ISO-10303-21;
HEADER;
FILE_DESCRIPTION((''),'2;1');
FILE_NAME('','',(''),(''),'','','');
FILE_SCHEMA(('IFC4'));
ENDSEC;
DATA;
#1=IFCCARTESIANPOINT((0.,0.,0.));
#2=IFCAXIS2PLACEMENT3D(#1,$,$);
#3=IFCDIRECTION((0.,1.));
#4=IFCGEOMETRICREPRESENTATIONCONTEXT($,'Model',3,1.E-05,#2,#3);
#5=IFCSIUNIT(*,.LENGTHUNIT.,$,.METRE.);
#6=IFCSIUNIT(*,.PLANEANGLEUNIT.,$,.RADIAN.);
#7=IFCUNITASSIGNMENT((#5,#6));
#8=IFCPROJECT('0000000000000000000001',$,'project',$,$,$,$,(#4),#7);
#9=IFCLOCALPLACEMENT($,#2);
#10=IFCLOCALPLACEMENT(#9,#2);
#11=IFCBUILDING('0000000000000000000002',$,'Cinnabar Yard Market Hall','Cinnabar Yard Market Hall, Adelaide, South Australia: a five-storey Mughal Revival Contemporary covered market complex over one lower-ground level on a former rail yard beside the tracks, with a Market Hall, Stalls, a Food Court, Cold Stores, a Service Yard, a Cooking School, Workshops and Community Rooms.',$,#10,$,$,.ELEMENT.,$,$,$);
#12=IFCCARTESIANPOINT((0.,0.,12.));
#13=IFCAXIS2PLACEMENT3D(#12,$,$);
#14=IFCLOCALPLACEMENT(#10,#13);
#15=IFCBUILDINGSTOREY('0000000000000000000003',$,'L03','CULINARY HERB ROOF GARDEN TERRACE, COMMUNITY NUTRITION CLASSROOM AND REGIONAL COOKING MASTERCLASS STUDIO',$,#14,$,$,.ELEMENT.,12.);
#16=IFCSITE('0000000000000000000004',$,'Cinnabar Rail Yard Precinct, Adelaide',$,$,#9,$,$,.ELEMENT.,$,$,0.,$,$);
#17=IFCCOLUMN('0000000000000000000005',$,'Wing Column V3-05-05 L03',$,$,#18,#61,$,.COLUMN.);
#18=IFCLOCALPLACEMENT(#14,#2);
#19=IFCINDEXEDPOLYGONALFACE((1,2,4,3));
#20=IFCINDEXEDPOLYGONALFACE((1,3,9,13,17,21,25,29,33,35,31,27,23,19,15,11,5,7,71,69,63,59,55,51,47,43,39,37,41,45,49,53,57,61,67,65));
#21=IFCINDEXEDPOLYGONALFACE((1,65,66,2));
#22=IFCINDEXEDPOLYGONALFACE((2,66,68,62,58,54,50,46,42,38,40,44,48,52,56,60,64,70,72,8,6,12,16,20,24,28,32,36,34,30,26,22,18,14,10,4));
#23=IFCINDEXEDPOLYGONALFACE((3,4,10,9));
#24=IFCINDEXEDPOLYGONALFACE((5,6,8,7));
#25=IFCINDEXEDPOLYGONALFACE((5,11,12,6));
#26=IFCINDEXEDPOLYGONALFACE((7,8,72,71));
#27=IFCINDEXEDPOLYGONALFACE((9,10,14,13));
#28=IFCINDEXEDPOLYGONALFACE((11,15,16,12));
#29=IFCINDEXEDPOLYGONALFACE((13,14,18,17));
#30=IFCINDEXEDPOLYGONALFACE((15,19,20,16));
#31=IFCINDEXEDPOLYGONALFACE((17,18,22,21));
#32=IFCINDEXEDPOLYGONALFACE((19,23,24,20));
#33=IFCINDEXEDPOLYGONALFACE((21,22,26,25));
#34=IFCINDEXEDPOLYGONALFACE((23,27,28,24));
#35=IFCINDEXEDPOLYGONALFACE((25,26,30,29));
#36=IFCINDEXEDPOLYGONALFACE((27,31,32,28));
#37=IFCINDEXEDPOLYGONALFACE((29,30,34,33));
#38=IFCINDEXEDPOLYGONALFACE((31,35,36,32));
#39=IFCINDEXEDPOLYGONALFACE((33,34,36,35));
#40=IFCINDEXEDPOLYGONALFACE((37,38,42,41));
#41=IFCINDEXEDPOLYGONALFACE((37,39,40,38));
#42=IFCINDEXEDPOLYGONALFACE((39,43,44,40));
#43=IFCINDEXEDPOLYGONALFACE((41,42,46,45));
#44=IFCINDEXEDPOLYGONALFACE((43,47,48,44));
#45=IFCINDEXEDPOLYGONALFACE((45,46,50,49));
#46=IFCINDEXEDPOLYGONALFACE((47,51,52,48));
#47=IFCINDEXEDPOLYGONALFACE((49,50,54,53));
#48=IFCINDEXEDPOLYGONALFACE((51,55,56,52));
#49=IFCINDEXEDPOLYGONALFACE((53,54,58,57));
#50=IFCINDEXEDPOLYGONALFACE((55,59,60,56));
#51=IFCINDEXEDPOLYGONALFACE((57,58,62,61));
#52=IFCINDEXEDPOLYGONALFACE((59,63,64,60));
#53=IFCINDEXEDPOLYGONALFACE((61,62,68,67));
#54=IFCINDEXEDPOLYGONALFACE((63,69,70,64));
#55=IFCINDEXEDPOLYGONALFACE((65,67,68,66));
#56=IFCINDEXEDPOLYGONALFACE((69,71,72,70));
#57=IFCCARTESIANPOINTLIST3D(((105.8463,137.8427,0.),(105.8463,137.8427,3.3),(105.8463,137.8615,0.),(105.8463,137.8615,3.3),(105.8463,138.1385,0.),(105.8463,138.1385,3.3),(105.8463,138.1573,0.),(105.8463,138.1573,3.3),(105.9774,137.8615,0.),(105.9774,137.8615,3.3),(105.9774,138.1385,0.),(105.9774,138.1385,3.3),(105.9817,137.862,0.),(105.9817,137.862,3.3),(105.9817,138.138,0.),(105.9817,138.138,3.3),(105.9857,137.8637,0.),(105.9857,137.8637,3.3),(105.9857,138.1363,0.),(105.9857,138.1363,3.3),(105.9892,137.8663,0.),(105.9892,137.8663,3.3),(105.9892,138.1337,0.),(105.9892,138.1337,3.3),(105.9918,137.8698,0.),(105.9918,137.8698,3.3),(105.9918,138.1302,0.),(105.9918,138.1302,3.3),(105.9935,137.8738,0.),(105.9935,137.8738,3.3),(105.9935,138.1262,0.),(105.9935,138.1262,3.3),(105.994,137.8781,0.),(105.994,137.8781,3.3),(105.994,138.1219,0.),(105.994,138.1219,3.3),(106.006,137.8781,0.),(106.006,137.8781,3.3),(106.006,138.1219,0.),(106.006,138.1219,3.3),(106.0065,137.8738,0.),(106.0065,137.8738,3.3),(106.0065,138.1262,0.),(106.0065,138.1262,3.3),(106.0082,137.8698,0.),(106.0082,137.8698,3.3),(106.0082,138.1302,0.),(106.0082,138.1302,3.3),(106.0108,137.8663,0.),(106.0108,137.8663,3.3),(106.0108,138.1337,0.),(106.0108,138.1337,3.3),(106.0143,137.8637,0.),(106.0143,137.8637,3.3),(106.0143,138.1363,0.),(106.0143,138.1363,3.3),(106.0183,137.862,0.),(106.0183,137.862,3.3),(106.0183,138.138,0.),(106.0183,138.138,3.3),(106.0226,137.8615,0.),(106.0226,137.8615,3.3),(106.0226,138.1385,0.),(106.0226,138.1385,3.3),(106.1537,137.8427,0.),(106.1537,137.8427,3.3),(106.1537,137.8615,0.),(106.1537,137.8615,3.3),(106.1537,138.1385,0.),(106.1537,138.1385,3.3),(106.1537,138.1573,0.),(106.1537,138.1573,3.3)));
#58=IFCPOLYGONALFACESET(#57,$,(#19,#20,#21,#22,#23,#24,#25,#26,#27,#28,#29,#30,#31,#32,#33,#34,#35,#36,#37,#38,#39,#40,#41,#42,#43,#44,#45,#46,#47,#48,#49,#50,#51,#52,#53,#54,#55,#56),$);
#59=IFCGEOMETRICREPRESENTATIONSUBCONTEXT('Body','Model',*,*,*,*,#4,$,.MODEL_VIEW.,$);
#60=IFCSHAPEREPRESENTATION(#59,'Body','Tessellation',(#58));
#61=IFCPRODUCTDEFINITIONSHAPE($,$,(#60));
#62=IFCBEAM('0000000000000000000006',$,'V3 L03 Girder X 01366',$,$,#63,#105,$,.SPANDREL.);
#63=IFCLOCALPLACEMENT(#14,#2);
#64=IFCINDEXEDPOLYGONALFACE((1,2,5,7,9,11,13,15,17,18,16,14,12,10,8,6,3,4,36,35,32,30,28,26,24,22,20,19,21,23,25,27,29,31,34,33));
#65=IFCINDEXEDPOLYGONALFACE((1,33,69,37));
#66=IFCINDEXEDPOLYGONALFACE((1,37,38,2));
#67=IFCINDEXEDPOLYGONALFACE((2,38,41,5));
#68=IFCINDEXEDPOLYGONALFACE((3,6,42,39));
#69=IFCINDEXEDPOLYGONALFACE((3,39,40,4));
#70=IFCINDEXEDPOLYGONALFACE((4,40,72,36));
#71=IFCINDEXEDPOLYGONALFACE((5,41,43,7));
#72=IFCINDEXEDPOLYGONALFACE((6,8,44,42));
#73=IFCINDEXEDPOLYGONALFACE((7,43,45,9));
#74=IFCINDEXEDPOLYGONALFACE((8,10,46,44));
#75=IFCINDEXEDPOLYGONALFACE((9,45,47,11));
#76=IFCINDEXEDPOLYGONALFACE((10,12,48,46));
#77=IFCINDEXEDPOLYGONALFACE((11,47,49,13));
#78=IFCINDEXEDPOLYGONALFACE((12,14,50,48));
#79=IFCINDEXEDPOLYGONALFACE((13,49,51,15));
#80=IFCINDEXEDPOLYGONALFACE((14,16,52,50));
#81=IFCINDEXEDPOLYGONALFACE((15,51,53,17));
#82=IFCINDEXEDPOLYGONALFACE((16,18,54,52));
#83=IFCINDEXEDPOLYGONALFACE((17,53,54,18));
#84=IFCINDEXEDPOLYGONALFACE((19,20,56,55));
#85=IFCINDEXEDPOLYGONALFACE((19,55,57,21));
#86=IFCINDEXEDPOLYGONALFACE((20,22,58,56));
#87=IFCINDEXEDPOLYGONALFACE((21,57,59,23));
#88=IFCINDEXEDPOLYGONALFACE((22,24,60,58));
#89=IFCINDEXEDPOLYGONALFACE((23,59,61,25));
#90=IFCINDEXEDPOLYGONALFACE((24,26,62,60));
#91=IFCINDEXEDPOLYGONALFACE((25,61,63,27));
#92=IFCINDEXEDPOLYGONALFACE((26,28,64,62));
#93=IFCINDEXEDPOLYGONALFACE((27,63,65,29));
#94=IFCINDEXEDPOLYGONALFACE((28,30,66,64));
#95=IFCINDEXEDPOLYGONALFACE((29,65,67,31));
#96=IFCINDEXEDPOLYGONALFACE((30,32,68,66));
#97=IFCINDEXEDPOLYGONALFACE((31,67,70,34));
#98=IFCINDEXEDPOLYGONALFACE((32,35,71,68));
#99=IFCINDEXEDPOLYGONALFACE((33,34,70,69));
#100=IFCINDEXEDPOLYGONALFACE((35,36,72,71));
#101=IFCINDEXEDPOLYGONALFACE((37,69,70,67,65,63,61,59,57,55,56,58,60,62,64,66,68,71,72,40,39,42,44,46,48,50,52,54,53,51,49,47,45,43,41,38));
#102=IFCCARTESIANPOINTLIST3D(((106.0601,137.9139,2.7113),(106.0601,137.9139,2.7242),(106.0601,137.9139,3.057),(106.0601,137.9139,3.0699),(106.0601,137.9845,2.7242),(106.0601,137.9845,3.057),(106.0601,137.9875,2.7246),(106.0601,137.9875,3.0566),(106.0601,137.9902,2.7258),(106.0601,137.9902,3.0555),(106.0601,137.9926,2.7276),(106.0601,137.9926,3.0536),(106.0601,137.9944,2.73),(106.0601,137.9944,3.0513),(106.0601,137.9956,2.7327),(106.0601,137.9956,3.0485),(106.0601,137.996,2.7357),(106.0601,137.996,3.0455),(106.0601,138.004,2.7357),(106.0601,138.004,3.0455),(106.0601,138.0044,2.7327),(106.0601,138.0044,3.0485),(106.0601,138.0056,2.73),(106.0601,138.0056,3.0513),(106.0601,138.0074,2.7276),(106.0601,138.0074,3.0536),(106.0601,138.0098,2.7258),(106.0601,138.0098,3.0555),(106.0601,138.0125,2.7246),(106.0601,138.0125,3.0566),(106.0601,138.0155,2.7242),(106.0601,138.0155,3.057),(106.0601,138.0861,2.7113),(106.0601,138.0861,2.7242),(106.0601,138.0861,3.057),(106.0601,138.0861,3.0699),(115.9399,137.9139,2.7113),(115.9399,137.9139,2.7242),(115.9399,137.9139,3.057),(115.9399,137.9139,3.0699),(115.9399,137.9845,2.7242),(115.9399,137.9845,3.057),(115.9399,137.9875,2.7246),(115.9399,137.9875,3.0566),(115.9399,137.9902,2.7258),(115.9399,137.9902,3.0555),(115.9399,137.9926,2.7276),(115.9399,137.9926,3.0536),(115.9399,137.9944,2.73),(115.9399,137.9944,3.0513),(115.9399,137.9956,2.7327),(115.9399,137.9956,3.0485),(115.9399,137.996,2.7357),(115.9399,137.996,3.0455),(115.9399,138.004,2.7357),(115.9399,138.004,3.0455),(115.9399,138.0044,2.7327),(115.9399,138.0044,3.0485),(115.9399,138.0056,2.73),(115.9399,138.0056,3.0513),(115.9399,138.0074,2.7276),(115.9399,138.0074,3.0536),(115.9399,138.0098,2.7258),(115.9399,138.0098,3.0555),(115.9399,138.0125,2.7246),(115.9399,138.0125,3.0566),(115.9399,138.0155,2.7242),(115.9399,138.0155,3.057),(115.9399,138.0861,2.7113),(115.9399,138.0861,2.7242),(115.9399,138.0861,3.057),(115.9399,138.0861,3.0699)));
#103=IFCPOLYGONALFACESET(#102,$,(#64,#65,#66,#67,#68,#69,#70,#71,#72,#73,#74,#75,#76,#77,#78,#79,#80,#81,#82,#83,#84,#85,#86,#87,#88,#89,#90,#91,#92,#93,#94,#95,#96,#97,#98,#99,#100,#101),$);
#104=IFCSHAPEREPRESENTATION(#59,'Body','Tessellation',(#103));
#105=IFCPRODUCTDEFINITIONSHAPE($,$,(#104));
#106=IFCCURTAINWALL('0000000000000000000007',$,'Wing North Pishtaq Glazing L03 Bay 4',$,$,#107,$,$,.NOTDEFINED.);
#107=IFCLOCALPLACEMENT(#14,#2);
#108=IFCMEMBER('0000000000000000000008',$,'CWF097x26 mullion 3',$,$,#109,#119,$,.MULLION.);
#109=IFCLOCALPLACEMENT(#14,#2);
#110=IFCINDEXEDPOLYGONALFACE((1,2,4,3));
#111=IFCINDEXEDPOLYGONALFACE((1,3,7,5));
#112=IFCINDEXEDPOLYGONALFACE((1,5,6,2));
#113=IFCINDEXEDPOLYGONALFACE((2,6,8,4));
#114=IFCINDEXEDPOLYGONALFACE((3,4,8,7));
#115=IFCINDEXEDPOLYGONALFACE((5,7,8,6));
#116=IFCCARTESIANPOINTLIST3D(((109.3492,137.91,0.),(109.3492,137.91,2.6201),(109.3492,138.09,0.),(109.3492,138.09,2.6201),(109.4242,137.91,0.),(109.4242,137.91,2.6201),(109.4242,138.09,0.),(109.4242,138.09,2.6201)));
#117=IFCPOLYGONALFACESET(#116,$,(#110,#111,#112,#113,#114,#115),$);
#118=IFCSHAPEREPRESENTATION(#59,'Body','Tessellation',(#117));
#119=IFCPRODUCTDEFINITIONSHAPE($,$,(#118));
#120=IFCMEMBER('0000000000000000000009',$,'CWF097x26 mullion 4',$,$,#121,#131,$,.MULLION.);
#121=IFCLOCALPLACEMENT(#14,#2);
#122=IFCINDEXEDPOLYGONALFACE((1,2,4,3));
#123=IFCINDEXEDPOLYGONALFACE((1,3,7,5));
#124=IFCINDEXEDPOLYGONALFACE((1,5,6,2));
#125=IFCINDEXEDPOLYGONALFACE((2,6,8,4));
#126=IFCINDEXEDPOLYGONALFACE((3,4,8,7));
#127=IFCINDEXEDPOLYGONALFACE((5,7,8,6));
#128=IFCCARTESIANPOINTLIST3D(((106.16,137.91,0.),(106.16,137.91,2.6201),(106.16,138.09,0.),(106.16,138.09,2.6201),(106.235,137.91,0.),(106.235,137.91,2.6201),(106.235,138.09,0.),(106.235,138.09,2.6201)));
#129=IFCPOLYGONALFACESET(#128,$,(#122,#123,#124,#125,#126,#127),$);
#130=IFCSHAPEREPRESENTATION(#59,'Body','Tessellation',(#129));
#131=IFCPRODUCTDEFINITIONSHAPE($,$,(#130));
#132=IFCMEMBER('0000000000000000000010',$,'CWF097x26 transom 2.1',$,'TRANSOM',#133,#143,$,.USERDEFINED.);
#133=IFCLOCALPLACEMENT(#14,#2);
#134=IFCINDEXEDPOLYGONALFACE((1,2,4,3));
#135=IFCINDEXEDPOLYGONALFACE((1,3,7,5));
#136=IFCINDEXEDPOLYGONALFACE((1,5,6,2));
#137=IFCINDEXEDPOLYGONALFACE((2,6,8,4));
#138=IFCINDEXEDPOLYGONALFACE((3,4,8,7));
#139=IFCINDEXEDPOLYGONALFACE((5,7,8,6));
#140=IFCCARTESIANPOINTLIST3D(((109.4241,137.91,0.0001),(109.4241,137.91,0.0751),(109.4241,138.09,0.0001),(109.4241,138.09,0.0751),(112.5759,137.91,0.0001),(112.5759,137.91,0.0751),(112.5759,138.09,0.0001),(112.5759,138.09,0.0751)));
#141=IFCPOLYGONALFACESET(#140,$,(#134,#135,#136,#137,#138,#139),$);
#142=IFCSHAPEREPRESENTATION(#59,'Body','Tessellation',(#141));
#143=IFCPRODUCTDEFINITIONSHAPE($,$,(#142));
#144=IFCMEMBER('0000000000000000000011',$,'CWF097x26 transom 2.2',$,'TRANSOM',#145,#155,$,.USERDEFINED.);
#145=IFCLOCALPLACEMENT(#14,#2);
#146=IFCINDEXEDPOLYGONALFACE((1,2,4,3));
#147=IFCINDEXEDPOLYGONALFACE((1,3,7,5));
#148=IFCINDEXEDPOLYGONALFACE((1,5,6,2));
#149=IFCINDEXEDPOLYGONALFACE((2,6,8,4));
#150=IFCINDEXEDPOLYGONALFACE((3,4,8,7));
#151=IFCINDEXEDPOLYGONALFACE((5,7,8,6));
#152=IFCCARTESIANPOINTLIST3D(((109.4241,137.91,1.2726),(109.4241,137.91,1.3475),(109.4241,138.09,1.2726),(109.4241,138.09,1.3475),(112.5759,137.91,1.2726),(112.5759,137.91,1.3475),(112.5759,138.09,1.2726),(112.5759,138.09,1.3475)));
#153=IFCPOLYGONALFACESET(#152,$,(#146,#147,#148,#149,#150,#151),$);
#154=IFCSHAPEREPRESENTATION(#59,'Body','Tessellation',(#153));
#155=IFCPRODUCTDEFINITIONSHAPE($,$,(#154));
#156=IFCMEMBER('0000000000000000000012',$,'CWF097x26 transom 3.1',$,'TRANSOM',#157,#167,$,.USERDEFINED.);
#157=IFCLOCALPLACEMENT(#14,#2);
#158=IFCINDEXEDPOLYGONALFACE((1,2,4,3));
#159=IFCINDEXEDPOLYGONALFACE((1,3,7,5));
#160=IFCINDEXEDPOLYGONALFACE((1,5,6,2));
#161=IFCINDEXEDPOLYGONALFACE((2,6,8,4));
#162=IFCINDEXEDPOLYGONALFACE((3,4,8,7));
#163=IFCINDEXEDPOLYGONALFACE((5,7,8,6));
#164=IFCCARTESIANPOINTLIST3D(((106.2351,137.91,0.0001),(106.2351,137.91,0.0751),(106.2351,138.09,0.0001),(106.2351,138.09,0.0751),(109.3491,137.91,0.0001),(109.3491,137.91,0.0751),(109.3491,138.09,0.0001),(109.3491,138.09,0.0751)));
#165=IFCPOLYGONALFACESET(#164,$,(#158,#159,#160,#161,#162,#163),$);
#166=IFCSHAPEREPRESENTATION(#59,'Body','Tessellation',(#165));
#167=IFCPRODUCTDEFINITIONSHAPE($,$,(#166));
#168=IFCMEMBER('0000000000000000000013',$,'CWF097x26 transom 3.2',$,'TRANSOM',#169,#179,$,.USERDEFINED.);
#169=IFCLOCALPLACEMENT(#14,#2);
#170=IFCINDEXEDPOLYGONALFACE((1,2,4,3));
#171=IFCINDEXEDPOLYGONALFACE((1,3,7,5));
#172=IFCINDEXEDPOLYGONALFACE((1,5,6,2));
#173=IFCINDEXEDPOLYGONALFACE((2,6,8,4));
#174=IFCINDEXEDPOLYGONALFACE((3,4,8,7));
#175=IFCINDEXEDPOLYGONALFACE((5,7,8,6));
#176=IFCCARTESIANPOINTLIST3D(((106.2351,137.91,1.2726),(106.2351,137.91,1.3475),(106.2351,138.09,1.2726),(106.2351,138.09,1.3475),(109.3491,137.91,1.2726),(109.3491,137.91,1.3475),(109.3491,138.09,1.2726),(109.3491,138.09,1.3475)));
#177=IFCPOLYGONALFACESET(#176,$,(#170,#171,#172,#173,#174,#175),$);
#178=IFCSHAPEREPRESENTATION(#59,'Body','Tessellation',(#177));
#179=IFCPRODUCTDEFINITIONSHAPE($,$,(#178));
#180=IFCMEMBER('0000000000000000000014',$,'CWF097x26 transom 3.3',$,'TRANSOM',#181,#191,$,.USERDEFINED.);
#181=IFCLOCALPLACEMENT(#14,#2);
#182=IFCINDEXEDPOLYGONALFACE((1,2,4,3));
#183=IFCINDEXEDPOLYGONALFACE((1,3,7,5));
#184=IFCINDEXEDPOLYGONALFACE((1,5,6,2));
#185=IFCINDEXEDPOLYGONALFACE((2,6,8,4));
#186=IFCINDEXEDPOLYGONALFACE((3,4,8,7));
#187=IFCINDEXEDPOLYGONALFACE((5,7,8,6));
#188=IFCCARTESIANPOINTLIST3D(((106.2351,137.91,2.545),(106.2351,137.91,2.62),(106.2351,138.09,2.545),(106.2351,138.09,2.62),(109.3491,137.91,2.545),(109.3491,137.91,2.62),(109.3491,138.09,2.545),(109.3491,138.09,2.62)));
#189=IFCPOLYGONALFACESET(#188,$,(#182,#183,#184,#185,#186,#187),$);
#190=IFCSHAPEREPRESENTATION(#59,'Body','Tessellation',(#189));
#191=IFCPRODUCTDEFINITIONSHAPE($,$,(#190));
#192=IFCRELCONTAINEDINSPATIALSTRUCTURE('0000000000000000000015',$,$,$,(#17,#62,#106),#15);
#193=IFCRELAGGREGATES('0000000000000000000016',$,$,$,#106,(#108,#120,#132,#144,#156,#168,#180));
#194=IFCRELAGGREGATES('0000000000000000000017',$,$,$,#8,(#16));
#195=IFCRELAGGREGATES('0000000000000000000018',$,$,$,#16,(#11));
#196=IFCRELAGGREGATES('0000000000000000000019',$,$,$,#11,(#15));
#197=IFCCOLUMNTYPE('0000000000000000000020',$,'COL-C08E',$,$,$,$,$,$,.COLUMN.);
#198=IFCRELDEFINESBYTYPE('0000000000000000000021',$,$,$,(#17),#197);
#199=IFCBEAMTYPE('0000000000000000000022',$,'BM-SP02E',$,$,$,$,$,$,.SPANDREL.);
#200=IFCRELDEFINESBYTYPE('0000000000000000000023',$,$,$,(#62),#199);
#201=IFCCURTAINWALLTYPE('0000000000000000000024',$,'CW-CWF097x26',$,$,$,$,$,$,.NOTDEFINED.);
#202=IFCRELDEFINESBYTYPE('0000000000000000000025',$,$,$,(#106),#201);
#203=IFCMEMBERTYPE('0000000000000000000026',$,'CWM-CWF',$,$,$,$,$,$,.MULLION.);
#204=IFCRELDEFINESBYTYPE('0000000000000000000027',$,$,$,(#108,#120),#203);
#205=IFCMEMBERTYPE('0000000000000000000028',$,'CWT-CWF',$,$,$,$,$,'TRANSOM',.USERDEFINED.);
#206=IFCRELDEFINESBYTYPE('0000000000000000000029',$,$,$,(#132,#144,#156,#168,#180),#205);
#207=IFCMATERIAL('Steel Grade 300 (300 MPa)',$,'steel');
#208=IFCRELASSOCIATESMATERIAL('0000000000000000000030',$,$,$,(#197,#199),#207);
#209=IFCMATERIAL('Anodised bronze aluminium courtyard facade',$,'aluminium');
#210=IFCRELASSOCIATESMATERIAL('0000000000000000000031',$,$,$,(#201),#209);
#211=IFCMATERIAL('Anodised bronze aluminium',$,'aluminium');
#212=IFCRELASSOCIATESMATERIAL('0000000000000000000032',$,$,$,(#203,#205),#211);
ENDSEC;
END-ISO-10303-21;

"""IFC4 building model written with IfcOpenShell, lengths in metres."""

from ifc_helpers import new_model, si_unit, direction, frame, origin, origin_2d_with_axis, place, context, subcontext, project, spatial, rectangle, i_section, extrude, material, material_profile, profile_set, type_object, element, aggregate, save


model = new_model("IFC4")

# Units and contexts
model_context = context("Model", 3, precision=1e-05, world=origin(), true_north=direction((0.0, 1.0)))
body_context = subcontext(model_context, "Body", "Model", "MODEL_VIEW")
ifc_project = project(units=[si_unit("LENGTHUNIT", "METRE"), si_unit("PLANEANGLEUNIT", "RADIAN")], contexts=[model_context])

# Site, building, storey
site_placement = place(None, origin())
site = spatial("IfcSite", under=ifc_project, at=site_placement, Name="Cinnabar Rail Yard Precinct, Adelaide", CompositionType="ELEMENT", RefElevation=0.0)
building_placement = place(site_placement, origin())
building = spatial("IfcBuilding", under=site, at=building_placement, Name="Cinnabar Yard Market Hall", Description="Cinnabar Yard Market Hall, Adelaide, South Australia: a five-storey Mughal Revival Contemporary covered market complex over one lower-ground level on a former rail yard beside the tracks, with a Market Hall, Stalls, a Food Court, Cold Stores, a Service Yard, a Cooking School, Workshops and Community Rooms.", CompositionType="ELEMENT")
storey_placement = place(building_placement, frame((0.0, 0.0, 12.0)))
storey = spatial("IfcBuildingStorey", under=building, at=storey_placement, Name="L03", Description="CULINARY HERB ROOF GARDEN TERRACE, COMMUNITY NUTRITION CLASSROOM AND REGIONAL COOKING MASTERCLASS STUDIO", CompositionType="ELEMENT", Elevation=12.0)

# Column
ifc_material_1 = material(Name="Steel Grade 300 (300 MPa)", Category="steel")
ifc_material_profile_1 = material_profile(ifc_material_1, i_section(OverallWidth=0.3074, OverallDepth=0.3147, WebThickness=0.012, FlangeThickness=0.0188, FilletRadius=0.0166, at=origin_2d_with_axis()), Name="310UC118")
ifc_profile_set_1 = profile_set([ifc_material_profile_1], Name="Steel Grade 300 (300 MPa)")
column_type = type_object("IfcColumnType", Name="COL-C08E", PredefinedType="COLUMN", material=ifc_profile_set_1)
column_placement = place(storey_placement, frame((106.0, 138.0, 0.0), z_axis=(0.0, 0.0, 1.0), x_axis=(1.0, 0.0, 0.0)))
element("IfcColumn", 1, at=column_placement, inside=storey, type_object=column_type, Name="Wing Column V3-05-05 L03", PredefinedType="COLUMN", context=body_context, shape_type="SweptSolid", body=[
    extrude(i_section(OverallWidth=0.3074, OverallDepth=0.3147, WebThickness=0.012, FlangeThickness=0.0188, FilletRadius=0.0166, at=origin_2d_with_axis()), origin(), (0.0, 0.0, 1.0), 3.3),
])

# Beam
ifc_material_profile_2 = material_profile(ifc_material_1, i_section(OverallWidth=0.1721, OverallDepth=0.3586, WebThickness=0.0081, FlangeThickness=0.0129, FilletRadius=0.0115, at=origin_2d_with_axis()), Name="360UB56.7")
ifc_profile_set_2 = profile_set([ifc_material_profile_2], Name="Steel Grade 300 (300 MPa)")
beam_type = type_object("IfcBeamType", Name="BM-SP02E", PredefinedType="SPANDREL", material=ifc_profile_set_2)
beam_placement = place(storey_placement, frame((106.0601, 138.0, 2.8906), z_axis=(1.0, 0.0, 0.0), x_axis=(0.0, 1.0, 0.0)))
element("IfcBeam", 2, at=beam_placement, inside=storey, type_object=beam_type, Name="V3 L03 Girder X 01366", PredefinedType="SPANDREL", context=body_context, shape_type="SweptSolid", body=[
    extrude(i_section(OverallWidth=0.1721, OverallDepth=0.3586, WebThickness=0.0081, FlangeThickness=0.0129, FilletRadius=0.0115, at=origin_2d_with_axis()), origin(), (0.0, 0.0, 1.0), 9.8799),
])

# Curtain wall, members
ifc_material_2 = material(Name="Anodised bronze aluminium courtyard facade", Category="aluminium")
curtain_wall_type = type_object("IfcCurtainWallType", Name="CW-CWF097x26", PredefinedType="NOTDEFINED", material=ifc_material_2)
curtain_wall_placement = place(storey_placement, origin())
curtain_wall = element("IfcCurtainWall", 3, at=curtain_wall_placement, inside=storey, type_object=curtain_wall_type, Name="Wing North Pishtaq Glazing L03 Bay 4", PredefinedType="NOTDEFINED")
ifc_material_3 = material(Name="Anodised bronze aluminium", Category="aluminium")
ifc_material_profile_3 = material_profile(ifc_material_3, rectangle(XDim=0.1799, YDim=0.075, at=origin_2d_with_axis()), Name="MUL-CWF")
ifc_profile_set_3 = profile_set([ifc_material_profile_3], Name="Anodised bronze aluminium")
member_type_1 = type_object("IfcMemberType", Name="CWM-CWF", PredefinedType="MULLION", material=ifc_profile_set_3)
member_1_placement = place(storey_placement, frame((109.3867, 138.0, 0.0), z_axis=(0.0, 0.0, 1.0), x_axis=(0.0, -1.0, 0.0)))
member_1 = element("IfcMember", 4, at=member_1_placement, type_object=member_type_1, Name="CWF097x26 mullion 3", PredefinedType="MULLION", context=body_context, shape_type="SweptSolid", body=[
    extrude(rectangle(XDim=0.1799, YDim=0.075, at=origin_2d_with_axis()), origin(), (0.0, 0.0, 1.0), 2.6201),
])
member_2_placement = place(storey_placement, frame((106.1975, 138.0, 0.0), z_axis=(0.0, 0.0, 1.0), x_axis=(0.0, -1.0, 0.0)))
member_2 = element("IfcMember", 5, at=member_2_placement, type_object=member_type_1, Name="CWF097x26 mullion 4", PredefinedType="MULLION", context=body_context, shape_type="SweptSolid", body=[
    extrude(rectangle(XDim=0.1799, YDim=0.075, at=origin_2d_with_axis()), origin(), (0.0, 0.0, 1.0), 2.6201),
])
ifc_material_profile_4 = material_profile(ifc_material_3, rectangle(XDim=0.1799, YDim=0.075, at=origin_2d_with_axis()), Name="TRN-CWF")
ifc_profile_set_4 = profile_set([ifc_material_profile_4], Name="Anodised bronze aluminium")
member_type_2 = type_object("IfcMemberType", Name="CWT-CWF", ElementType="TRANSOM", PredefinedType="USERDEFINED", material=ifc_profile_set_4)
member_3_placement = place(storey_placement, frame((112.5759, 138.0, 0.0376), z_axis=(-1.0, 0.0, 0.0), x_axis=(0.0, -1.0, 0.0)))
member_3 = element("IfcMember", 6, at=member_3_placement, type_object=member_type_2, Name="CWF097x26 transom 2.1", ObjectType="TRANSOM", PredefinedType="USERDEFINED", context=body_context, shape_type="SweptSolid", body=[
    extrude(rectangle(XDim=0.1799, YDim=0.075, at=origin_2d_with_axis()), origin(), (0.0, 0.0, 1.0), 3.1519),
])
member_4_placement = place(storey_placement, frame((112.5759, 138.0, 1.3101), z_axis=(-1.0, 0.0, 0.0), x_axis=(0.0, -1.0, 0.0)))
member_4 = element("IfcMember", 7, at=member_4_placement, type_object=member_type_2, Name="CWF097x26 transom 2.2", ObjectType="TRANSOM", PredefinedType="USERDEFINED", context=body_context, shape_type="SweptSolid", body=[
    extrude(rectangle(XDim=0.1799, YDim=0.075, at=origin_2d_with_axis()), origin(), (0.0, 0.0, 1.0), 3.1519),
])
member_5_placement = place(storey_placement, frame((109.3491, 138.0, 0.0376), z_axis=(-1.0, 0.0, 0.0), x_axis=(0.0, -1.0, 0.0)))
member_5 = element("IfcMember", 8, at=member_5_placement, type_object=member_type_2, Name="CWF097x26 transom 3.1", ObjectType="TRANSOM", PredefinedType="USERDEFINED", context=body_context, shape_type="SweptSolid", body=[
    extrude(rectangle(XDim=0.1799, YDim=0.075, at=origin_2d_with_axis()), origin(), (0.0, 0.0, 1.0), 3.114),
])
member_6_placement = place(storey_placement, frame((109.3491, 138.0, 1.3101), z_axis=(-1.0, 0.0, 0.0), x_axis=(0.0, -1.0, 0.0)))
member_6 = element("IfcMember", 9, at=member_6_placement, type_object=member_type_2, Name="CWF097x26 transom 3.2", ObjectType="TRANSOM", PredefinedType="USERDEFINED", context=body_context, shape_type="SweptSolid", body=[
    extrude(rectangle(XDim=0.1799, YDim=0.075, at=origin_2d_with_axis()), origin(), (0.0, 0.0, 1.0), 3.114),
])
member_7_placement = place(storey_placement, frame((109.3491, 138.0, 2.5825), z_axis=(-1.0, 0.0, 0.0), x_axis=(0.0, -1.0, 0.0)))
member_7 = element("IfcMember", 10, at=member_7_placement, type_object=member_type_2, Name="CWF097x26 transom 3.3", ObjectType="TRANSOM", PredefinedType="USERDEFINED", context=body_context, shape_type="SweptSolid", body=[
    extrude(rectangle(XDim=0.1799, YDim=0.075, at=origin_2d_with_axis()), origin(), (0.0, 0.0, 1.0), 3.114),
])
aggregate(curtain_wall, [member_1, member_2, member_3, member_4, member_5, member_6, member_7])

save(model, "model.ifc")
